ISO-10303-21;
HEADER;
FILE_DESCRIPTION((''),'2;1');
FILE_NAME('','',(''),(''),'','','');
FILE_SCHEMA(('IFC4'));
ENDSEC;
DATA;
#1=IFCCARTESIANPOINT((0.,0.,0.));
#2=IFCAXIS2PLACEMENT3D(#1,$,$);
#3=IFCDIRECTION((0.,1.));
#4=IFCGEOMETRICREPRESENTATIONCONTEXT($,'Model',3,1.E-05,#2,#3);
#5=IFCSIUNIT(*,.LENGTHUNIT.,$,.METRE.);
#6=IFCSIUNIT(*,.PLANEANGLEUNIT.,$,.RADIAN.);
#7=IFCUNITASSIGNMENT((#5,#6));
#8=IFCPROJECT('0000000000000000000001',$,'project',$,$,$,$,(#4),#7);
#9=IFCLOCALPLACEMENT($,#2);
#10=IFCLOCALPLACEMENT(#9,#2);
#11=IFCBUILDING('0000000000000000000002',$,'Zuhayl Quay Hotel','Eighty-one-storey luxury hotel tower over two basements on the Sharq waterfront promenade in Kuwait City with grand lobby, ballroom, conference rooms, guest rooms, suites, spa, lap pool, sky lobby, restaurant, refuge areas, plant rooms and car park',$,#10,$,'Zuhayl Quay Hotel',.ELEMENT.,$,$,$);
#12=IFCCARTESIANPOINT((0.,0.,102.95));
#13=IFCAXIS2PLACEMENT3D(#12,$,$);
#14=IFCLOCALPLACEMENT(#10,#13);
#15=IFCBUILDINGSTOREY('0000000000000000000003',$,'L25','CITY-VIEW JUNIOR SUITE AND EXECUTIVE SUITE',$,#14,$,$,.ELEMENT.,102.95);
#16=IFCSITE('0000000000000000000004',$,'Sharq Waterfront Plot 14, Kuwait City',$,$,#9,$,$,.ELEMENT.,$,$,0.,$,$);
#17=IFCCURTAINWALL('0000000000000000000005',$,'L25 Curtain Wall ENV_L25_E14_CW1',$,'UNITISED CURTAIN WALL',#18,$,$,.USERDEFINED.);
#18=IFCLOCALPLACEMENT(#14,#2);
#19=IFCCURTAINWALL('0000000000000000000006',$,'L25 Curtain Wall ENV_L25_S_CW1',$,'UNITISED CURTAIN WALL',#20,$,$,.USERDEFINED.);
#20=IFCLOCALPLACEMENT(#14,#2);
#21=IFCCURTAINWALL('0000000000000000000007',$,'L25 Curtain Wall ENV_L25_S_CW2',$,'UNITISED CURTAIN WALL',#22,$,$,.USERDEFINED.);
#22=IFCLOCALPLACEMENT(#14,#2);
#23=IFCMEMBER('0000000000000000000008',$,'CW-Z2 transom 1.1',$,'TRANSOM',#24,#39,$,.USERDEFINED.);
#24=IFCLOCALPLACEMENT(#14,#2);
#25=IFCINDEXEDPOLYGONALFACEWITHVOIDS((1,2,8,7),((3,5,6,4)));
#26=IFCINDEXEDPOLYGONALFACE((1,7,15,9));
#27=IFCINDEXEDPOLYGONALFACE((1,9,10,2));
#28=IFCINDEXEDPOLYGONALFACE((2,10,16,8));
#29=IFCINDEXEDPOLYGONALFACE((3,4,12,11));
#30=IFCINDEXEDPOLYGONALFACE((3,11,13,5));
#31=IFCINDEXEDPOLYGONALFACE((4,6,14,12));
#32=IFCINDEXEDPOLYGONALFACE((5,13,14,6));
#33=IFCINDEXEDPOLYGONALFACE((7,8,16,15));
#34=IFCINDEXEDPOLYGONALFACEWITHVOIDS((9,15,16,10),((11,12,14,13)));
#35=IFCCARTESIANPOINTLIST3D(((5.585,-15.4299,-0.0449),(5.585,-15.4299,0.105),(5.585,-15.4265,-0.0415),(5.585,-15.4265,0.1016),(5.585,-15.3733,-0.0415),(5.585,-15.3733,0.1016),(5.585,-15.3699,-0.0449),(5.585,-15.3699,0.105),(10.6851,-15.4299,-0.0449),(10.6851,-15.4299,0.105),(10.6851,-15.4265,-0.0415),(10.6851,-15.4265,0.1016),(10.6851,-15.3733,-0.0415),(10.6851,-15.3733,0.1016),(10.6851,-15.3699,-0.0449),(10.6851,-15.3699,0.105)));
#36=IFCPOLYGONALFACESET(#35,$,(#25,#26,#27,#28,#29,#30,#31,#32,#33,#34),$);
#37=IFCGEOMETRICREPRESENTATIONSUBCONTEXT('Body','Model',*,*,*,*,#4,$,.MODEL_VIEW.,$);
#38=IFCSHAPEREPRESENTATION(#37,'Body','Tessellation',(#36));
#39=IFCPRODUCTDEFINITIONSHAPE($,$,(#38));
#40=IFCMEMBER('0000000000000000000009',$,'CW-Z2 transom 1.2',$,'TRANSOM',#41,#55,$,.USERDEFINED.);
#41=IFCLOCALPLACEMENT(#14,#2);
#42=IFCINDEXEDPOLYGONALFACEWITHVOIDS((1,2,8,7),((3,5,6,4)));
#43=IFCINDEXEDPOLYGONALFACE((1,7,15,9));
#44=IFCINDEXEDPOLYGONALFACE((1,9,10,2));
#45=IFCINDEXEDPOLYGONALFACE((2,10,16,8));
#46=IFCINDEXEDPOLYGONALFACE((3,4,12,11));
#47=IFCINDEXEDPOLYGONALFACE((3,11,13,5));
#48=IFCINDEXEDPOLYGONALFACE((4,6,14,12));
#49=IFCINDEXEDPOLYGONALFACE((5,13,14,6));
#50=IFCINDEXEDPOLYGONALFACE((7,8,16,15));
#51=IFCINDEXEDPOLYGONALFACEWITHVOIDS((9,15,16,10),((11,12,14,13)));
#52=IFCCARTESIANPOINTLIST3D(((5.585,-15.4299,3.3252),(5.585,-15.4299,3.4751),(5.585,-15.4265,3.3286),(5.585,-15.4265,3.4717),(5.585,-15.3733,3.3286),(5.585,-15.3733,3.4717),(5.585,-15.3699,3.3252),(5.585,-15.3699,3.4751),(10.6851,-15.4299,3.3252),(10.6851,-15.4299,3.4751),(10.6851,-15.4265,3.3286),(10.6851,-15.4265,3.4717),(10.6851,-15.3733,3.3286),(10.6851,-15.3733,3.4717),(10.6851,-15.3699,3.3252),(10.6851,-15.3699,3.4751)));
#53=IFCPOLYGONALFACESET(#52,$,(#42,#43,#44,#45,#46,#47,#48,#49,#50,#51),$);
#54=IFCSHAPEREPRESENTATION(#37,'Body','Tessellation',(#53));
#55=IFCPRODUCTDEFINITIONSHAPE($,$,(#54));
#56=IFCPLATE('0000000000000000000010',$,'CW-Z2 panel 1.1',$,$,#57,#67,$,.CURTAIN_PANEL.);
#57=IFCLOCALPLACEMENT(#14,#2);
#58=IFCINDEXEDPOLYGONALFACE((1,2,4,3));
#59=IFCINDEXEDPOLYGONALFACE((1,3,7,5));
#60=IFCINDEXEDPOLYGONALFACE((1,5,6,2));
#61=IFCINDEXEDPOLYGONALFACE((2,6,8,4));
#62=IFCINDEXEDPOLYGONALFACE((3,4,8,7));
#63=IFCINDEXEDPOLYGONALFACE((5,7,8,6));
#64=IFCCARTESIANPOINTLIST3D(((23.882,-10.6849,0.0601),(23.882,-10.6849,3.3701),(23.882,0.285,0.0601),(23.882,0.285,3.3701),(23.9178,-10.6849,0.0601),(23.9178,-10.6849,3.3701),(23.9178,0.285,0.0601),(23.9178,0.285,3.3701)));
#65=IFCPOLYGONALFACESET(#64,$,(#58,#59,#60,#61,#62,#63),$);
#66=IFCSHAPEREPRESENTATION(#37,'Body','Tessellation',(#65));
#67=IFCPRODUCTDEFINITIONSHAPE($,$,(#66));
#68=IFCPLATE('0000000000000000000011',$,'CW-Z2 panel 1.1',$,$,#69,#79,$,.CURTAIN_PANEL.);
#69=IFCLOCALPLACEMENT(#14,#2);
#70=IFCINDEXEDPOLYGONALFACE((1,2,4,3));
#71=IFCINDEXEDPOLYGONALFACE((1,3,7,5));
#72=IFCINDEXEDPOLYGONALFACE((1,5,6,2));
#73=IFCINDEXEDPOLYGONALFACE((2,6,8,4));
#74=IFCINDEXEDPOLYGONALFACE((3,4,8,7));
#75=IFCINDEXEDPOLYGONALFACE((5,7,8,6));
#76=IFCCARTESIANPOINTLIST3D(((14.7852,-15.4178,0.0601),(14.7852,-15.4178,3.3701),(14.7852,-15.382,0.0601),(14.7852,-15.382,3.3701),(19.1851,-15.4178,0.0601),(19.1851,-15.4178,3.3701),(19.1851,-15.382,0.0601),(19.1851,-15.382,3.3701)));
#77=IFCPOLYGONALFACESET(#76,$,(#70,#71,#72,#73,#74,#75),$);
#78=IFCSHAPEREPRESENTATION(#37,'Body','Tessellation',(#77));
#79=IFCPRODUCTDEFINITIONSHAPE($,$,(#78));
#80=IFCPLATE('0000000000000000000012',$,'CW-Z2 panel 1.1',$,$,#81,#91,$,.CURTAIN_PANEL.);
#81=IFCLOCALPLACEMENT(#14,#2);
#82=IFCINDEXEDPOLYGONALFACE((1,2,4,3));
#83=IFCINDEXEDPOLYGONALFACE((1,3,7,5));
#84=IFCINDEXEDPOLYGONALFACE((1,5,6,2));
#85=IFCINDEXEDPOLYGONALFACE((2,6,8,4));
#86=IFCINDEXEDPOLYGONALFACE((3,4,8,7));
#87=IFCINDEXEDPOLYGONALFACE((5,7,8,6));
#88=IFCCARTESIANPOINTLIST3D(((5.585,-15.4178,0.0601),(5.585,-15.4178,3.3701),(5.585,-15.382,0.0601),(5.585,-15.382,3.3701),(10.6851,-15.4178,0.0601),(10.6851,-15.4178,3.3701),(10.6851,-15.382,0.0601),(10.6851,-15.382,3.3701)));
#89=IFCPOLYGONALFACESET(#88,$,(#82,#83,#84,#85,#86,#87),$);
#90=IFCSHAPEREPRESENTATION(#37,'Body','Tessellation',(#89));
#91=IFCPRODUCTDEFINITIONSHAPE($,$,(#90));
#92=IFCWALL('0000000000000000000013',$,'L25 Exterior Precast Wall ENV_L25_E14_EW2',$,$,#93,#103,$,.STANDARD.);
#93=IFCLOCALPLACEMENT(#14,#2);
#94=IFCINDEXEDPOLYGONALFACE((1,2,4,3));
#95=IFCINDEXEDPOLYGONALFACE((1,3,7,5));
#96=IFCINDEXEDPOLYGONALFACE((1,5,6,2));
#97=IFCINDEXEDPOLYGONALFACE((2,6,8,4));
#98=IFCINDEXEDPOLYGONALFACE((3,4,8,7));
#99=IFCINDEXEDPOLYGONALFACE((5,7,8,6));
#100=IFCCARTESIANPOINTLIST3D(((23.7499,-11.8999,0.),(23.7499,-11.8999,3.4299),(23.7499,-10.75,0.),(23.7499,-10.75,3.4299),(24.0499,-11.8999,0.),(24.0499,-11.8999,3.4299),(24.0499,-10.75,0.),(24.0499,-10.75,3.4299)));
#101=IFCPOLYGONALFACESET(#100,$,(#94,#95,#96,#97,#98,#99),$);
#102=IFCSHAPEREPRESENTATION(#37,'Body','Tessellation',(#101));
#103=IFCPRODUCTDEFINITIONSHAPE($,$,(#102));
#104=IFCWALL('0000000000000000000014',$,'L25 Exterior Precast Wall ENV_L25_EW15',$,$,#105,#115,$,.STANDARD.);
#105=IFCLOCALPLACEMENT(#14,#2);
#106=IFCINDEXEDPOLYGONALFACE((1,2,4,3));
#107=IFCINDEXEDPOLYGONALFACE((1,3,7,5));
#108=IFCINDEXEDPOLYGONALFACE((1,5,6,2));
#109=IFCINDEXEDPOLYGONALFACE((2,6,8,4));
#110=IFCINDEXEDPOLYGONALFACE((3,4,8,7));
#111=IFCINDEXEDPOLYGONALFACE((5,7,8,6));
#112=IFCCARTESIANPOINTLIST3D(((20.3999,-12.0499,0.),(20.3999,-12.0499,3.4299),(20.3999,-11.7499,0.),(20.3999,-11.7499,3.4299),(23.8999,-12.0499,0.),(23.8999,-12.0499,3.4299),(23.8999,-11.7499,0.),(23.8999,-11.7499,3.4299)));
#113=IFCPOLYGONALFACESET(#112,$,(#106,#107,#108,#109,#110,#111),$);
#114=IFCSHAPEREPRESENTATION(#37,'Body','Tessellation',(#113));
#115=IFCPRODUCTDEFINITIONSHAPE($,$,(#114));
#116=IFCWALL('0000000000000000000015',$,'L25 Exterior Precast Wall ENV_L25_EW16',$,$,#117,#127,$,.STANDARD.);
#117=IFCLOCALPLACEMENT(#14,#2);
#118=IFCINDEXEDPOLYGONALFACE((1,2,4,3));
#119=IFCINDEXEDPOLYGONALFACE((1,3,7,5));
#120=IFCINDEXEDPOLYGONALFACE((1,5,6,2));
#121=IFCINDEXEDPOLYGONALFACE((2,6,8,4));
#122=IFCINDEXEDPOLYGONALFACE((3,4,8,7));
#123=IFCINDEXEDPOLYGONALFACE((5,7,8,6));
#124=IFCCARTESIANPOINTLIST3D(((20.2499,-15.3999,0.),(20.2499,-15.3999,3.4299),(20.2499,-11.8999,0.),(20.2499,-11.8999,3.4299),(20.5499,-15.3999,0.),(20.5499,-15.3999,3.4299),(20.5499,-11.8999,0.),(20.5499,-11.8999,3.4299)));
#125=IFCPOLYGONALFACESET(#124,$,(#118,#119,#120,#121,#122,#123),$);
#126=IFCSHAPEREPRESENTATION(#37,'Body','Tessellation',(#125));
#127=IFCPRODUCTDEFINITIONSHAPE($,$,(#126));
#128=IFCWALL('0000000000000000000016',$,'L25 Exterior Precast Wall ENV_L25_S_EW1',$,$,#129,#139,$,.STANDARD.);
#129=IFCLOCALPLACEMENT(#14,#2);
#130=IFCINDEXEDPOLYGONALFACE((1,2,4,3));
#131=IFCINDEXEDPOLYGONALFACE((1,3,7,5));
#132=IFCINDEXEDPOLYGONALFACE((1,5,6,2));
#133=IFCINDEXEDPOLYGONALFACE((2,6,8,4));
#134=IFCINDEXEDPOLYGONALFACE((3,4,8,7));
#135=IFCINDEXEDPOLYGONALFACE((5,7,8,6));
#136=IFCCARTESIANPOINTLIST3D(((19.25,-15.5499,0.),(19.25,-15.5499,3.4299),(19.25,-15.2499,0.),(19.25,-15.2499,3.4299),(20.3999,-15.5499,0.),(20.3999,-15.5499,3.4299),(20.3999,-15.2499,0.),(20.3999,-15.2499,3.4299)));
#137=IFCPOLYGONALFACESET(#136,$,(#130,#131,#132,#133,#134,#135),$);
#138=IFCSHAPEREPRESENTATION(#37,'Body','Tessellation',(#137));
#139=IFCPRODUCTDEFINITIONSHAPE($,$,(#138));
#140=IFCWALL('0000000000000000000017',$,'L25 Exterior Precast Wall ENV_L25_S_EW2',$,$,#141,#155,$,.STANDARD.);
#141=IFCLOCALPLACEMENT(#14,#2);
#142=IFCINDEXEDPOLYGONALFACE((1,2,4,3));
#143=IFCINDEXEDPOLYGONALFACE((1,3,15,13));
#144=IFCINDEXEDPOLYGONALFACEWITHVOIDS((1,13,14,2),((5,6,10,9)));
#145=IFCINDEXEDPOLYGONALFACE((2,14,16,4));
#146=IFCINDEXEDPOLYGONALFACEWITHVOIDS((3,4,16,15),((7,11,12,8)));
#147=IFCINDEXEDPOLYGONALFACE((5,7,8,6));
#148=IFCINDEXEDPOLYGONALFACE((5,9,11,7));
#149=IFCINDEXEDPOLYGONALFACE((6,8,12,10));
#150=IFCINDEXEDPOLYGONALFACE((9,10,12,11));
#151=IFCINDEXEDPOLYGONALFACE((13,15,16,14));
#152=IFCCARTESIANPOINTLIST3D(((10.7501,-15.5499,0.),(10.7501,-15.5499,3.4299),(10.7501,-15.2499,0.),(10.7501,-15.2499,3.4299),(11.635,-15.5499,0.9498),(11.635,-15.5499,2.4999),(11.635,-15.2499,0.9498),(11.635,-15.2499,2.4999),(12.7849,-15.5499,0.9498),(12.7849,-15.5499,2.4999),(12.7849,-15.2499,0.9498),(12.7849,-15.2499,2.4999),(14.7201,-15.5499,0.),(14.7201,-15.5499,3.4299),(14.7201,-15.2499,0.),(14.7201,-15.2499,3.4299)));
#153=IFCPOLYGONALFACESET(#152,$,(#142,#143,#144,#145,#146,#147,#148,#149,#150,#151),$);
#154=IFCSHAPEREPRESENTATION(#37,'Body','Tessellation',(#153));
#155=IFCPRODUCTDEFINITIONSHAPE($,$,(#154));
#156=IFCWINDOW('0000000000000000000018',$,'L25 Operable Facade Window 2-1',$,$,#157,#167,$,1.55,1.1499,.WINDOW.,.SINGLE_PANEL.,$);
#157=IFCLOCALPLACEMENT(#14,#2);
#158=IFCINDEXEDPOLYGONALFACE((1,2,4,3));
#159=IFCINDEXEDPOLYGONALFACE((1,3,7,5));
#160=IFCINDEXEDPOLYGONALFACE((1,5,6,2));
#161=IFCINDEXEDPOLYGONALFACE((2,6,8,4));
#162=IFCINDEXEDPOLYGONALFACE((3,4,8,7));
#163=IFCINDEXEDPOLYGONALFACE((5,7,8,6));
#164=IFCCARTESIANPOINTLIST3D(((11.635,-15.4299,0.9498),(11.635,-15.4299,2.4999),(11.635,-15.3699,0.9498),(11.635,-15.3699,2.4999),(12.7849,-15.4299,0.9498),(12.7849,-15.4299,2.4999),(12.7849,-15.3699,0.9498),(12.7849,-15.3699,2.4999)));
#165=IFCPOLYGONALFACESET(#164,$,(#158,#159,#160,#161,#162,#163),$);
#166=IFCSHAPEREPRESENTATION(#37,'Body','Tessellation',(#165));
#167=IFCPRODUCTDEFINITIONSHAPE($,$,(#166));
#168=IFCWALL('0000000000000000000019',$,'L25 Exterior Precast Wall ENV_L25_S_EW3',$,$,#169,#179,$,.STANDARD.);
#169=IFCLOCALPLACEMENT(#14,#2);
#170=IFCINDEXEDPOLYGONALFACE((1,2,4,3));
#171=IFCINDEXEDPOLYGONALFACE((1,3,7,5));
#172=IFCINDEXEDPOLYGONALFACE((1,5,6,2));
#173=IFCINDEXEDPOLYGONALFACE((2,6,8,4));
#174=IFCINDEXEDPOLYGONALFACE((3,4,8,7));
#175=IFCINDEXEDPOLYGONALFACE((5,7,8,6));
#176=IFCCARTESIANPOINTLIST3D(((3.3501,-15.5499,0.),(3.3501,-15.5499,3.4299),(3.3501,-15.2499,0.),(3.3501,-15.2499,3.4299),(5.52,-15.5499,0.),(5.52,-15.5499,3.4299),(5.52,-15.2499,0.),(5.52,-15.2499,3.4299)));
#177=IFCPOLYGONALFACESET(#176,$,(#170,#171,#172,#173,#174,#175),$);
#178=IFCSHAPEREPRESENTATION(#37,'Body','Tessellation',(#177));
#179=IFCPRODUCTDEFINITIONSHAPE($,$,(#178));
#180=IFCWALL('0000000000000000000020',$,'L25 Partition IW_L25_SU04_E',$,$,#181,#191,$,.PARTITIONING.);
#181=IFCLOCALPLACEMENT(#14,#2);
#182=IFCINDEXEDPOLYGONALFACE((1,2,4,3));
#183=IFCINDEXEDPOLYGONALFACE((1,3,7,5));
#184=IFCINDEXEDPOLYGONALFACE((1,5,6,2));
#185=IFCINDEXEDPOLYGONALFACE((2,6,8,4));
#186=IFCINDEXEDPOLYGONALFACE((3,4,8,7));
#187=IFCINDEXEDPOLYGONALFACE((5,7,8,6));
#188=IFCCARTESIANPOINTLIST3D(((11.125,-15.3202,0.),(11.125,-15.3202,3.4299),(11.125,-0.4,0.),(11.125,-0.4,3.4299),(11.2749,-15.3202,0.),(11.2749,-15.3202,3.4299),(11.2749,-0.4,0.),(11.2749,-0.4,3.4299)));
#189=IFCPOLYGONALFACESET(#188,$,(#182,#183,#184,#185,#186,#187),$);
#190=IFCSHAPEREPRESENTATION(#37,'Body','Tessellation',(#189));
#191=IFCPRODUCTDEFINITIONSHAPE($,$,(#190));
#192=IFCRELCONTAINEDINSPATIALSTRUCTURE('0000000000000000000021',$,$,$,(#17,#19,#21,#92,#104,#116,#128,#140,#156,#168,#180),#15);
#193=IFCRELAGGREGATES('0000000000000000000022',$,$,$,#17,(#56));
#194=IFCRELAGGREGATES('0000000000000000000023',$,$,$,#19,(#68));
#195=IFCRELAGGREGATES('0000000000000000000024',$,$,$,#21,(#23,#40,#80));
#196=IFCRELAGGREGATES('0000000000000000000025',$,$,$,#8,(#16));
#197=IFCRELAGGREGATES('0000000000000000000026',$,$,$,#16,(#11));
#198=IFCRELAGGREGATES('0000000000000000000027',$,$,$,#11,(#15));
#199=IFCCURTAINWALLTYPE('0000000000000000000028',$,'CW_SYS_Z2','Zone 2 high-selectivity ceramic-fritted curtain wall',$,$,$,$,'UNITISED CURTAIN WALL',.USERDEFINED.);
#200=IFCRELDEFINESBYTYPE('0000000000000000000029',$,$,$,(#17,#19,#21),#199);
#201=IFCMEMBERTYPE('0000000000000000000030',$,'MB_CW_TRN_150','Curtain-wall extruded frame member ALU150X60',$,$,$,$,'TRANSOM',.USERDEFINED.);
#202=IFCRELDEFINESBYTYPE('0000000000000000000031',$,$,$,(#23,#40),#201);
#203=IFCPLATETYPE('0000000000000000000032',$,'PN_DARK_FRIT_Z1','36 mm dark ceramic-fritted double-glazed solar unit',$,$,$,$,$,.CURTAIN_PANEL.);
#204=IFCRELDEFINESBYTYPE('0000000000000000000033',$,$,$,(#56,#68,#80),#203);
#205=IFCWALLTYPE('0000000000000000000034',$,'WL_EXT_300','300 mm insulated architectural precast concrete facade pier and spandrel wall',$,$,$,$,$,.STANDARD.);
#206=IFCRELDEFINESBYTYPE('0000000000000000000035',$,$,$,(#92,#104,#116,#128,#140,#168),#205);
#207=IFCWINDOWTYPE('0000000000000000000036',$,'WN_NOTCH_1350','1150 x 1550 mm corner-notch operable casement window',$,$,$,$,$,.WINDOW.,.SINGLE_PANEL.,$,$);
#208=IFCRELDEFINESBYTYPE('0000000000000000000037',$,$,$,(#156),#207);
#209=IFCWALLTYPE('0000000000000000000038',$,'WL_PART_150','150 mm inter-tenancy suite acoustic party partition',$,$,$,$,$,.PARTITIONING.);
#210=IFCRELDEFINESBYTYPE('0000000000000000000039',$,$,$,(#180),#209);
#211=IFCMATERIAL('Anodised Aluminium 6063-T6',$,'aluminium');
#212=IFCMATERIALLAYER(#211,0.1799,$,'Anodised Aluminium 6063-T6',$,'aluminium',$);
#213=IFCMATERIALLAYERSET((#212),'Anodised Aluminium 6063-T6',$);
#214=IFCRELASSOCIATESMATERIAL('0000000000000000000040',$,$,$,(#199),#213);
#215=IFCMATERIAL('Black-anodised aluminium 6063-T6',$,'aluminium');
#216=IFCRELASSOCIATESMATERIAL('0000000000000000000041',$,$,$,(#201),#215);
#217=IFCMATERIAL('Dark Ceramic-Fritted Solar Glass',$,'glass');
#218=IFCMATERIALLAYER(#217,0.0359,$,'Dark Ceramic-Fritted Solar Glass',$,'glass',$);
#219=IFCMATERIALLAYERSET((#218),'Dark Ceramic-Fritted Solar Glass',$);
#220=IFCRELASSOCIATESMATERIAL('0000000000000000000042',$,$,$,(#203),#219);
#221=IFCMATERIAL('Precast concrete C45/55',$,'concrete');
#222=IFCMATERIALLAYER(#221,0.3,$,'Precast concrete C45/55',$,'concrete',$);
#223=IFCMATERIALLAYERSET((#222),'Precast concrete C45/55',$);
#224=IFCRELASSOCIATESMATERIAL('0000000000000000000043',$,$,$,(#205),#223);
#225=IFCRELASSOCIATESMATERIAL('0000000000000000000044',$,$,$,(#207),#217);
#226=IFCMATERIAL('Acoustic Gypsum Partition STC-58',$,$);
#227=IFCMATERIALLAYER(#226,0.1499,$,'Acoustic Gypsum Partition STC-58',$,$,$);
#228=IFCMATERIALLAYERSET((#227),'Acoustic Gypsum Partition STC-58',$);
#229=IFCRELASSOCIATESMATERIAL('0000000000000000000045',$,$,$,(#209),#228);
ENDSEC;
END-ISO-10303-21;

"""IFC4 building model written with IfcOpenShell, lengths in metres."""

from ifc_helpers import new_model, si_unit, direction, frame, frame_2d, origin, origin_2d, place, context, subcontext, project, spatial, rectangle, hollow_rectangle, extrude, material, layer, layer_set, material_profile, profile_set, type_object, element, fill, aggregate, save


model = new_model("IFC4")

# Units and contexts
model_context = context("Model", 3, precision=1e-05, world=origin(), true_north=direction((0.0, 1.0)))
body_context = subcontext(model_context, "Body", "Model", "MODEL_VIEW")
ifc_project = project(units=[si_unit("LENGTHUNIT", "METRE"), si_unit("PLANEANGLEUNIT", "RADIAN")], contexts=[model_context])

# Site, building, storey
site_placement = place(None, origin())
site = spatial("IfcSite", under=ifc_project, at=site_placement, Name="Sharq Waterfront Plot 14, Kuwait City", CompositionType="ELEMENT", RefElevation=0.0)
building_placement = place(site_placement, origin())
building = spatial("IfcBuilding", under=site, at=building_placement, Name="Zuhayl Quay Hotel", Description="Eighty-one-storey luxury hotel tower over two basements on the Sharq waterfront promenade in Kuwait City with grand lobby, ballroom, conference rooms, guest rooms, suites, spa, lap pool, sky lobby, restaurant, refuge areas, plant rooms and car park", LongName="Zuhayl Quay Hotel", CompositionType="ELEMENT")
storey_placement = place(building_placement, frame((0.0, 0.0, 102.95)))
storey = spatial("IfcBuildingStorey", under=building, at=storey_placement, Name="L25", Description="CITY-VIEW JUNIOR SUITE AND EXECUTIVE SUITE", CompositionType="ELEMENT", Elevation=102.95)

# Curtain wall
ifc_material_1 = material(Name="Anodised Aluminium 6063-T6", Category="aluminium")
ifc_layer_1 = layer(ifc_material_1, 0.1799, Name="Anodised Aluminium 6063-T6", Category="aluminium")
ifc_layer_set_1 = layer_set([ifc_layer_1], Name="Anodised Aluminium 6063-T6")
curtain_wall_type = type_object("IfcCurtainWallType", Name="CW_SYS_Z2", Description="Zone 2 high-selectivity ceramic-fritted curtain wall", ElementType="UNITISED CURTAIN WALL", PredefinedType="USERDEFINED", material=ifc_layer_set_1)
curtain_wall_1_placement = place(storey_placement, origin())
curtain_wall_1 = element("IfcCurtainWall", 1, at=curtain_wall_1_placement, inside=storey, type_object=curtain_wall_type, Name="L25 Curtain Wall ENV_L25_E14_CW1", ObjectType="UNITISED CURTAIN WALL", PredefinedType="USERDEFINED")
ifc_material_2 = material(Name="Black-anodised aluminium 6063-T6", Category="aluminium")

# Curtain walls
curtain_wall_2_placement = place(storey_placement, origin())
curtain_wall_2 = element("IfcCurtainWall", 2, at=curtain_wall_2_placement, inside=storey, type_object=curtain_wall_type, Name="L25 Curtain Wall ENV_L25_S_CW1", ObjectType="UNITISED CURTAIN WALL", PredefinedType="USERDEFINED")
curtain_wall_3_placement = place(storey_placement, origin())
curtain_wall_3 = element("IfcCurtainWall", 3, at=curtain_wall_3_placement, inside=storey, type_object=curtain_wall_type, Name="L25 Curtain Wall ENV_L25_S_CW2", ObjectType="UNITISED CURTAIN WALL", PredefinedType="USERDEFINED")

# Members
ifc_material_profile_1 = material_profile(ifc_material_2, hollow_rectangle(XDim=0.0601, YDim=0.1499, WallThickness=0.0034, at=origin_2d()), Name="ALU150X60")
ifc_profile_set_1 = profile_set([ifc_material_profile_1], Name="Black-anodised aluminium 6063-T6")
member_type_1 = type_object("IfcMemberType", Name="MB_CW_TRN_150", Description="Curtain-wall extruded frame member ALU150X60", ElementType="TRANSOM", PredefinedType="USERDEFINED", material=ifc_profile_set_1)
member_1_placement = place(storey_placement, frame((10.6851, -15.3999, 0.03), z_axis=(-1.0, 0.0, 0.0), x_axis=(0.0, -1.0, 0.0)))
member_1 = element("IfcMember", 4, at=member_1_placement, type_object=member_type_1, Name="CW-Z2 transom 1.1", ObjectType="TRANSOM", PredefinedType="USERDEFINED", context=body_context, shape_type="SweptSolid", body=[
    extrude(hollow_rectangle(XDim=0.0601, YDim=0.1499, WallThickness=0.0034, at=origin_2d()), origin(), (0.0, 0.0, 1.0), 5.1001),
])
member_2_placement = place(storey_placement, frame((10.6851, -15.3999, 3.4001), z_axis=(-1.0, 0.0, 0.0), x_axis=(0.0, -1.0, 0.0)))
member_2 = element("IfcMember", 5, at=member_2_placement, type_object=member_type_1, Name="CW-Z2 transom 1.2", ObjectType="TRANSOM", PredefinedType="USERDEFINED", context=body_context, shape_type="SweptSolid", body=[
    extrude(hollow_rectangle(XDim=0.0601, YDim=0.1499, WallThickness=0.0034, at=origin_2d()), origin(), (0.0, 0.0, 1.0), 5.1001),
])

# Plates
ifc_material_3 = material(Name="Dark Ceramic-Fritted Solar Glass", Category="glass")
ifc_layer_2 = layer(ifc_material_3, 0.0359, Name="Dark Ceramic-Fritted Solar Glass", Category="glass")
ifc_layer_set_2 = layer_set([ifc_layer_2], Name="Dark Ceramic-Fritted Solar Glass")
plate_type = type_object("IfcPlateType", Name="PN_DARK_FRIT_Z1", Description="36 mm dark ceramic-fritted double-glazed solar unit", PredefinedType="CURTAIN_PANEL", material=ifc_layer_set_2)
plate_1_placement = place(storey_placement, frame((23.8999, -5.2, 0.0601), z_axis=(0.0, 0.0, 1.0), x_axis=(0.0, -1.0, 0.0)))
plate_1 = element("IfcPlate", 6, at=plate_1_placement, type_object=plate_type, Name="CW-Z2 panel 1.1", PredefinedType="CURTAIN_PANEL", context=body_context, shape_type="SweptSolid", body=[
    extrude(rectangle(XDim=10.97, YDim=0.0359, at=origin_2d()), origin(), (0.0, 0.0, 1.0), 3.3101),
])
aggregate(curtain_wall_1, [plate_1])
plate_2_placement = place(storey_placement, frame((16.9851, -15.3999, 0.0601), z_axis=(0.0, 0.0, 1.0), x_axis=(-1.0, 0.0, 0.0)))
plate_2 = element("IfcPlate", 7, at=plate_2_placement, type_object=plate_type, Name="CW-Z2 panel 1.1", PredefinedType="CURTAIN_PANEL", context=body_context, shape_type="SweptSolid", body=[
    extrude(rectangle(XDim=4.3999, YDim=0.0359, at=origin_2d()), origin(), (0.0, 0.0, 1.0), 3.3101),
])
aggregate(curtain_wall_2, [plate_2])
plate_3_placement = place(storey_placement, frame((8.135, -15.3999, 0.0601), z_axis=(0.0, 0.0, 1.0), x_axis=(-1.0, 0.0, 0.0)))
plate_3 = element("IfcPlate", 8, at=plate_3_placement, type_object=plate_type, Name="CW-Z2 panel 1.1", PredefinedType="CURTAIN_PANEL", context=body_context, shape_type="SweptSolid", body=[
    extrude(rectangle(XDim=5.1001, YDim=0.0359, at=origin_2d()), origin(), (0.0, 0.0, 1.0), 3.3101),
])
aggregate(curtain_wall_3, [member_1, member_2, plate_3])

# Walls
ifc_material_4 = material(Name="Precast concrete C45/55", Category="concrete")
ifc_layer_3 = layer(ifc_material_4, 0.3, Name="Precast concrete C45/55", Category="concrete")
ifc_layer_set_3 = layer_set([ifc_layer_3], Name="Precast concrete C45/55")
wall_type_1 = type_object("IfcWallType", Name="WL_EXT_300", Description="300 mm insulated architectural precast concrete facade pier and spandrel wall", PredefinedType="STANDARD", material=ifc_layer_set_3)
wall_1_placement = place(storey_placement, frame((23.8999, -10.75, 0.0), z_axis=(0.0, 0.0, 1.0), x_axis=(0.0, -1.0, 0.0)))
element("IfcWall", 9, at=wall_1_placement, inside=storey, type_object=wall_type_1, Name="L25 Exterior Precast Wall ENV_L25_E14_EW2", PredefinedType="STANDARD", context=body_context, shape_type="SweptSolid", body=[
    extrude(rectangle(XDim=1.1499, YDim=0.3, at=frame_2d((0.575, 0.0))), origin(), (0.0, 0.0, 1.0), 3.4299),
])
for number, where, z_axis, x_axis, name in (
    (10, (23.8999, -11.8999, 0.0), (0.0, 0.0, 1.0), (-1.0, 0.0, 0.0), "L25 Exterior Precast Wall ENV_L25_EW15"),
    (11, (20.3999, -11.8999, 0.0), (0.0, 0.0, 1.0), (0.0, -1.0, 0.0), "L25 Exterior Precast Wall ENV_L25_EW16"),
):
    element("IfcWall", number, at=place(storey_placement, frame(where, z_axis=z_axis, x_axis=x_axis)), inside=storey, type_object=wall_type_1, Name=name, PredefinedType="STANDARD", context=body_context, shape_type="SweptSolid", body=[
        extrude(rectangle(XDim=3.5, YDim=0.3, at=frame_2d((1.75, 0.0))), origin(), (0.0, 0.0, 1.0), 3.4299),
    ])
wall_2_placement = place(storey_placement, frame((20.3999, -15.3999, 0.0), z_axis=(0.0, 0.0, 1.0), x_axis=(-1.0, 0.0, 0.0)))
element("IfcWall", 12, at=wall_2_placement, inside=storey, type_object=wall_type_1, Name="L25 Exterior Precast Wall ENV_L25_S_EW1", PredefinedType="STANDARD", context=body_context, shape_type="SweptSolid", body=[
    extrude(rectangle(XDim=1.1499, YDim=0.3, at=frame_2d((0.575, 0.0))), origin(), (0.0, 0.0, 1.0), 3.4299),
])

# Wall, opening, window
wall_3_placement = place(storey_placement, frame((14.72, -15.3999, 0.0), z_axis=(0.0, 0.0, 1.0), x_axis=(-1.0, 0.0, 0.0)))
wall_3 = element("IfcWall", 13, at=wall_3_placement, inside=storey, type_object=wall_type_1, Name="L25 Exterior Precast Wall ENV_L25_S_EW2", PredefinedType="STANDARD", context=body_context, shape_type="SweptSolid", body=[
    extrude(rectangle(XDim=3.97, YDim=0.3, at=frame_2d((1.9849, 0.0))), origin(), (0.0, 0.0, 1.0), 3.4299),
])
opening_placement = place(wall_3_placement, frame((1.9351, 0.0, 0.95)))
opening = element("IfcOpeningElement", 14, at=opening_placement, cuts=wall_3, PredefinedType="OPENING", context=body_context, shape_type="SweptSolid", body=[
    extrude(rectangle(XDim=1.1499, YDim=1.55, at=frame_2d((0.575, 0.7749))), frame((0.0, 0.1599, 0.0), z_axis=(0.0, -1.0, 0.0), x_axis=(1.0, 0.0, 0.0)), (0.0, 0.0, 1.0), 0.3201),
])
window_type = type_object("IfcWindowType", Name="WN_NOTCH_1350", Description="1150 x 1550 mm corner-notch operable casement window", PartitioningType="SINGLE_PANEL", PredefinedType="WINDOW", material=ifc_material_3)
window_placement = place(opening_placement, origin())
window = element("IfcWindow", 15, at=window_placement, inside=storey, type_object=window_type, Name="L25 Operable Facade Window 2-1", OverallHeight=1.55, OverallWidth=1.1499, PartitioningType="SINGLE_PANEL", PredefinedType="WINDOW", context=body_context, shape_type="SweptSolid", body=[
    extrude(rectangle(XDim=1.1499, YDim=1.55, at=frame_2d((0.575, 0.7749))), frame((0.0, 0.03, 0.0), z_axis=(0.0, -1.0, 0.0), x_axis=(1.0, 0.0, 0.0)), (0.0, 0.0, 1.0), 0.0601),
])
fill(opening, window)

# Walls
wall_4_placement = place(storey_placement, frame((5.52, -15.3999, 0.0), z_axis=(0.0, 0.0, 1.0), x_axis=(-1.0, 0.0, 0.0)))
element("IfcWall", 16, at=wall_4_placement, inside=storey, type_object=wall_type_1, Name="L25 Exterior Precast Wall ENV_L25_S_EW3", PredefinedType="STANDARD", context=body_context, shape_type="SweptSolid", body=[
    extrude(rectangle(XDim=2.1699, YDim=0.3, at=frame_2d((1.085, 0.0))), origin(), (0.0, 0.0, 1.0), 3.4299),
])
ifc_material_5 = material(Name="Acoustic Gypsum Partition STC-58")
ifc_layer_4 = layer(ifc_material_5, 0.1499, Name="Acoustic Gypsum Partition STC-58")
ifc_layer_set_4 = layer_set([ifc_layer_4], Name="Acoustic Gypsum Partition STC-58")
wall_type_2 = type_object("IfcWallType", Name="WL_PART_150", Description="150 mm inter-tenancy suite acoustic party partition", PredefinedType="PARTITIONING", material=ifc_layer_set_4)
wall_5_placement = place(storey_placement, frame((11.2, -15.3201, 0.0), z_axis=(0.0, 0.0, 1.0), x_axis=(0.0, 1.0, 0.0)))
element("IfcWall", 17, at=wall_5_placement, inside=storey, type_object=wall_type_2, Name="L25 Partition IW_L25_SU04_E", PredefinedType="PARTITIONING", context=body_context, shape_type="SweptSolid", body=[
    extrude(rectangle(XDim=14.9202, YDim=0.1499, at=frame_2d((7.46, 0.0))), origin(), (0.0, 0.0, 1.0), 3.4299),
])

save(model, "model.ifc")
